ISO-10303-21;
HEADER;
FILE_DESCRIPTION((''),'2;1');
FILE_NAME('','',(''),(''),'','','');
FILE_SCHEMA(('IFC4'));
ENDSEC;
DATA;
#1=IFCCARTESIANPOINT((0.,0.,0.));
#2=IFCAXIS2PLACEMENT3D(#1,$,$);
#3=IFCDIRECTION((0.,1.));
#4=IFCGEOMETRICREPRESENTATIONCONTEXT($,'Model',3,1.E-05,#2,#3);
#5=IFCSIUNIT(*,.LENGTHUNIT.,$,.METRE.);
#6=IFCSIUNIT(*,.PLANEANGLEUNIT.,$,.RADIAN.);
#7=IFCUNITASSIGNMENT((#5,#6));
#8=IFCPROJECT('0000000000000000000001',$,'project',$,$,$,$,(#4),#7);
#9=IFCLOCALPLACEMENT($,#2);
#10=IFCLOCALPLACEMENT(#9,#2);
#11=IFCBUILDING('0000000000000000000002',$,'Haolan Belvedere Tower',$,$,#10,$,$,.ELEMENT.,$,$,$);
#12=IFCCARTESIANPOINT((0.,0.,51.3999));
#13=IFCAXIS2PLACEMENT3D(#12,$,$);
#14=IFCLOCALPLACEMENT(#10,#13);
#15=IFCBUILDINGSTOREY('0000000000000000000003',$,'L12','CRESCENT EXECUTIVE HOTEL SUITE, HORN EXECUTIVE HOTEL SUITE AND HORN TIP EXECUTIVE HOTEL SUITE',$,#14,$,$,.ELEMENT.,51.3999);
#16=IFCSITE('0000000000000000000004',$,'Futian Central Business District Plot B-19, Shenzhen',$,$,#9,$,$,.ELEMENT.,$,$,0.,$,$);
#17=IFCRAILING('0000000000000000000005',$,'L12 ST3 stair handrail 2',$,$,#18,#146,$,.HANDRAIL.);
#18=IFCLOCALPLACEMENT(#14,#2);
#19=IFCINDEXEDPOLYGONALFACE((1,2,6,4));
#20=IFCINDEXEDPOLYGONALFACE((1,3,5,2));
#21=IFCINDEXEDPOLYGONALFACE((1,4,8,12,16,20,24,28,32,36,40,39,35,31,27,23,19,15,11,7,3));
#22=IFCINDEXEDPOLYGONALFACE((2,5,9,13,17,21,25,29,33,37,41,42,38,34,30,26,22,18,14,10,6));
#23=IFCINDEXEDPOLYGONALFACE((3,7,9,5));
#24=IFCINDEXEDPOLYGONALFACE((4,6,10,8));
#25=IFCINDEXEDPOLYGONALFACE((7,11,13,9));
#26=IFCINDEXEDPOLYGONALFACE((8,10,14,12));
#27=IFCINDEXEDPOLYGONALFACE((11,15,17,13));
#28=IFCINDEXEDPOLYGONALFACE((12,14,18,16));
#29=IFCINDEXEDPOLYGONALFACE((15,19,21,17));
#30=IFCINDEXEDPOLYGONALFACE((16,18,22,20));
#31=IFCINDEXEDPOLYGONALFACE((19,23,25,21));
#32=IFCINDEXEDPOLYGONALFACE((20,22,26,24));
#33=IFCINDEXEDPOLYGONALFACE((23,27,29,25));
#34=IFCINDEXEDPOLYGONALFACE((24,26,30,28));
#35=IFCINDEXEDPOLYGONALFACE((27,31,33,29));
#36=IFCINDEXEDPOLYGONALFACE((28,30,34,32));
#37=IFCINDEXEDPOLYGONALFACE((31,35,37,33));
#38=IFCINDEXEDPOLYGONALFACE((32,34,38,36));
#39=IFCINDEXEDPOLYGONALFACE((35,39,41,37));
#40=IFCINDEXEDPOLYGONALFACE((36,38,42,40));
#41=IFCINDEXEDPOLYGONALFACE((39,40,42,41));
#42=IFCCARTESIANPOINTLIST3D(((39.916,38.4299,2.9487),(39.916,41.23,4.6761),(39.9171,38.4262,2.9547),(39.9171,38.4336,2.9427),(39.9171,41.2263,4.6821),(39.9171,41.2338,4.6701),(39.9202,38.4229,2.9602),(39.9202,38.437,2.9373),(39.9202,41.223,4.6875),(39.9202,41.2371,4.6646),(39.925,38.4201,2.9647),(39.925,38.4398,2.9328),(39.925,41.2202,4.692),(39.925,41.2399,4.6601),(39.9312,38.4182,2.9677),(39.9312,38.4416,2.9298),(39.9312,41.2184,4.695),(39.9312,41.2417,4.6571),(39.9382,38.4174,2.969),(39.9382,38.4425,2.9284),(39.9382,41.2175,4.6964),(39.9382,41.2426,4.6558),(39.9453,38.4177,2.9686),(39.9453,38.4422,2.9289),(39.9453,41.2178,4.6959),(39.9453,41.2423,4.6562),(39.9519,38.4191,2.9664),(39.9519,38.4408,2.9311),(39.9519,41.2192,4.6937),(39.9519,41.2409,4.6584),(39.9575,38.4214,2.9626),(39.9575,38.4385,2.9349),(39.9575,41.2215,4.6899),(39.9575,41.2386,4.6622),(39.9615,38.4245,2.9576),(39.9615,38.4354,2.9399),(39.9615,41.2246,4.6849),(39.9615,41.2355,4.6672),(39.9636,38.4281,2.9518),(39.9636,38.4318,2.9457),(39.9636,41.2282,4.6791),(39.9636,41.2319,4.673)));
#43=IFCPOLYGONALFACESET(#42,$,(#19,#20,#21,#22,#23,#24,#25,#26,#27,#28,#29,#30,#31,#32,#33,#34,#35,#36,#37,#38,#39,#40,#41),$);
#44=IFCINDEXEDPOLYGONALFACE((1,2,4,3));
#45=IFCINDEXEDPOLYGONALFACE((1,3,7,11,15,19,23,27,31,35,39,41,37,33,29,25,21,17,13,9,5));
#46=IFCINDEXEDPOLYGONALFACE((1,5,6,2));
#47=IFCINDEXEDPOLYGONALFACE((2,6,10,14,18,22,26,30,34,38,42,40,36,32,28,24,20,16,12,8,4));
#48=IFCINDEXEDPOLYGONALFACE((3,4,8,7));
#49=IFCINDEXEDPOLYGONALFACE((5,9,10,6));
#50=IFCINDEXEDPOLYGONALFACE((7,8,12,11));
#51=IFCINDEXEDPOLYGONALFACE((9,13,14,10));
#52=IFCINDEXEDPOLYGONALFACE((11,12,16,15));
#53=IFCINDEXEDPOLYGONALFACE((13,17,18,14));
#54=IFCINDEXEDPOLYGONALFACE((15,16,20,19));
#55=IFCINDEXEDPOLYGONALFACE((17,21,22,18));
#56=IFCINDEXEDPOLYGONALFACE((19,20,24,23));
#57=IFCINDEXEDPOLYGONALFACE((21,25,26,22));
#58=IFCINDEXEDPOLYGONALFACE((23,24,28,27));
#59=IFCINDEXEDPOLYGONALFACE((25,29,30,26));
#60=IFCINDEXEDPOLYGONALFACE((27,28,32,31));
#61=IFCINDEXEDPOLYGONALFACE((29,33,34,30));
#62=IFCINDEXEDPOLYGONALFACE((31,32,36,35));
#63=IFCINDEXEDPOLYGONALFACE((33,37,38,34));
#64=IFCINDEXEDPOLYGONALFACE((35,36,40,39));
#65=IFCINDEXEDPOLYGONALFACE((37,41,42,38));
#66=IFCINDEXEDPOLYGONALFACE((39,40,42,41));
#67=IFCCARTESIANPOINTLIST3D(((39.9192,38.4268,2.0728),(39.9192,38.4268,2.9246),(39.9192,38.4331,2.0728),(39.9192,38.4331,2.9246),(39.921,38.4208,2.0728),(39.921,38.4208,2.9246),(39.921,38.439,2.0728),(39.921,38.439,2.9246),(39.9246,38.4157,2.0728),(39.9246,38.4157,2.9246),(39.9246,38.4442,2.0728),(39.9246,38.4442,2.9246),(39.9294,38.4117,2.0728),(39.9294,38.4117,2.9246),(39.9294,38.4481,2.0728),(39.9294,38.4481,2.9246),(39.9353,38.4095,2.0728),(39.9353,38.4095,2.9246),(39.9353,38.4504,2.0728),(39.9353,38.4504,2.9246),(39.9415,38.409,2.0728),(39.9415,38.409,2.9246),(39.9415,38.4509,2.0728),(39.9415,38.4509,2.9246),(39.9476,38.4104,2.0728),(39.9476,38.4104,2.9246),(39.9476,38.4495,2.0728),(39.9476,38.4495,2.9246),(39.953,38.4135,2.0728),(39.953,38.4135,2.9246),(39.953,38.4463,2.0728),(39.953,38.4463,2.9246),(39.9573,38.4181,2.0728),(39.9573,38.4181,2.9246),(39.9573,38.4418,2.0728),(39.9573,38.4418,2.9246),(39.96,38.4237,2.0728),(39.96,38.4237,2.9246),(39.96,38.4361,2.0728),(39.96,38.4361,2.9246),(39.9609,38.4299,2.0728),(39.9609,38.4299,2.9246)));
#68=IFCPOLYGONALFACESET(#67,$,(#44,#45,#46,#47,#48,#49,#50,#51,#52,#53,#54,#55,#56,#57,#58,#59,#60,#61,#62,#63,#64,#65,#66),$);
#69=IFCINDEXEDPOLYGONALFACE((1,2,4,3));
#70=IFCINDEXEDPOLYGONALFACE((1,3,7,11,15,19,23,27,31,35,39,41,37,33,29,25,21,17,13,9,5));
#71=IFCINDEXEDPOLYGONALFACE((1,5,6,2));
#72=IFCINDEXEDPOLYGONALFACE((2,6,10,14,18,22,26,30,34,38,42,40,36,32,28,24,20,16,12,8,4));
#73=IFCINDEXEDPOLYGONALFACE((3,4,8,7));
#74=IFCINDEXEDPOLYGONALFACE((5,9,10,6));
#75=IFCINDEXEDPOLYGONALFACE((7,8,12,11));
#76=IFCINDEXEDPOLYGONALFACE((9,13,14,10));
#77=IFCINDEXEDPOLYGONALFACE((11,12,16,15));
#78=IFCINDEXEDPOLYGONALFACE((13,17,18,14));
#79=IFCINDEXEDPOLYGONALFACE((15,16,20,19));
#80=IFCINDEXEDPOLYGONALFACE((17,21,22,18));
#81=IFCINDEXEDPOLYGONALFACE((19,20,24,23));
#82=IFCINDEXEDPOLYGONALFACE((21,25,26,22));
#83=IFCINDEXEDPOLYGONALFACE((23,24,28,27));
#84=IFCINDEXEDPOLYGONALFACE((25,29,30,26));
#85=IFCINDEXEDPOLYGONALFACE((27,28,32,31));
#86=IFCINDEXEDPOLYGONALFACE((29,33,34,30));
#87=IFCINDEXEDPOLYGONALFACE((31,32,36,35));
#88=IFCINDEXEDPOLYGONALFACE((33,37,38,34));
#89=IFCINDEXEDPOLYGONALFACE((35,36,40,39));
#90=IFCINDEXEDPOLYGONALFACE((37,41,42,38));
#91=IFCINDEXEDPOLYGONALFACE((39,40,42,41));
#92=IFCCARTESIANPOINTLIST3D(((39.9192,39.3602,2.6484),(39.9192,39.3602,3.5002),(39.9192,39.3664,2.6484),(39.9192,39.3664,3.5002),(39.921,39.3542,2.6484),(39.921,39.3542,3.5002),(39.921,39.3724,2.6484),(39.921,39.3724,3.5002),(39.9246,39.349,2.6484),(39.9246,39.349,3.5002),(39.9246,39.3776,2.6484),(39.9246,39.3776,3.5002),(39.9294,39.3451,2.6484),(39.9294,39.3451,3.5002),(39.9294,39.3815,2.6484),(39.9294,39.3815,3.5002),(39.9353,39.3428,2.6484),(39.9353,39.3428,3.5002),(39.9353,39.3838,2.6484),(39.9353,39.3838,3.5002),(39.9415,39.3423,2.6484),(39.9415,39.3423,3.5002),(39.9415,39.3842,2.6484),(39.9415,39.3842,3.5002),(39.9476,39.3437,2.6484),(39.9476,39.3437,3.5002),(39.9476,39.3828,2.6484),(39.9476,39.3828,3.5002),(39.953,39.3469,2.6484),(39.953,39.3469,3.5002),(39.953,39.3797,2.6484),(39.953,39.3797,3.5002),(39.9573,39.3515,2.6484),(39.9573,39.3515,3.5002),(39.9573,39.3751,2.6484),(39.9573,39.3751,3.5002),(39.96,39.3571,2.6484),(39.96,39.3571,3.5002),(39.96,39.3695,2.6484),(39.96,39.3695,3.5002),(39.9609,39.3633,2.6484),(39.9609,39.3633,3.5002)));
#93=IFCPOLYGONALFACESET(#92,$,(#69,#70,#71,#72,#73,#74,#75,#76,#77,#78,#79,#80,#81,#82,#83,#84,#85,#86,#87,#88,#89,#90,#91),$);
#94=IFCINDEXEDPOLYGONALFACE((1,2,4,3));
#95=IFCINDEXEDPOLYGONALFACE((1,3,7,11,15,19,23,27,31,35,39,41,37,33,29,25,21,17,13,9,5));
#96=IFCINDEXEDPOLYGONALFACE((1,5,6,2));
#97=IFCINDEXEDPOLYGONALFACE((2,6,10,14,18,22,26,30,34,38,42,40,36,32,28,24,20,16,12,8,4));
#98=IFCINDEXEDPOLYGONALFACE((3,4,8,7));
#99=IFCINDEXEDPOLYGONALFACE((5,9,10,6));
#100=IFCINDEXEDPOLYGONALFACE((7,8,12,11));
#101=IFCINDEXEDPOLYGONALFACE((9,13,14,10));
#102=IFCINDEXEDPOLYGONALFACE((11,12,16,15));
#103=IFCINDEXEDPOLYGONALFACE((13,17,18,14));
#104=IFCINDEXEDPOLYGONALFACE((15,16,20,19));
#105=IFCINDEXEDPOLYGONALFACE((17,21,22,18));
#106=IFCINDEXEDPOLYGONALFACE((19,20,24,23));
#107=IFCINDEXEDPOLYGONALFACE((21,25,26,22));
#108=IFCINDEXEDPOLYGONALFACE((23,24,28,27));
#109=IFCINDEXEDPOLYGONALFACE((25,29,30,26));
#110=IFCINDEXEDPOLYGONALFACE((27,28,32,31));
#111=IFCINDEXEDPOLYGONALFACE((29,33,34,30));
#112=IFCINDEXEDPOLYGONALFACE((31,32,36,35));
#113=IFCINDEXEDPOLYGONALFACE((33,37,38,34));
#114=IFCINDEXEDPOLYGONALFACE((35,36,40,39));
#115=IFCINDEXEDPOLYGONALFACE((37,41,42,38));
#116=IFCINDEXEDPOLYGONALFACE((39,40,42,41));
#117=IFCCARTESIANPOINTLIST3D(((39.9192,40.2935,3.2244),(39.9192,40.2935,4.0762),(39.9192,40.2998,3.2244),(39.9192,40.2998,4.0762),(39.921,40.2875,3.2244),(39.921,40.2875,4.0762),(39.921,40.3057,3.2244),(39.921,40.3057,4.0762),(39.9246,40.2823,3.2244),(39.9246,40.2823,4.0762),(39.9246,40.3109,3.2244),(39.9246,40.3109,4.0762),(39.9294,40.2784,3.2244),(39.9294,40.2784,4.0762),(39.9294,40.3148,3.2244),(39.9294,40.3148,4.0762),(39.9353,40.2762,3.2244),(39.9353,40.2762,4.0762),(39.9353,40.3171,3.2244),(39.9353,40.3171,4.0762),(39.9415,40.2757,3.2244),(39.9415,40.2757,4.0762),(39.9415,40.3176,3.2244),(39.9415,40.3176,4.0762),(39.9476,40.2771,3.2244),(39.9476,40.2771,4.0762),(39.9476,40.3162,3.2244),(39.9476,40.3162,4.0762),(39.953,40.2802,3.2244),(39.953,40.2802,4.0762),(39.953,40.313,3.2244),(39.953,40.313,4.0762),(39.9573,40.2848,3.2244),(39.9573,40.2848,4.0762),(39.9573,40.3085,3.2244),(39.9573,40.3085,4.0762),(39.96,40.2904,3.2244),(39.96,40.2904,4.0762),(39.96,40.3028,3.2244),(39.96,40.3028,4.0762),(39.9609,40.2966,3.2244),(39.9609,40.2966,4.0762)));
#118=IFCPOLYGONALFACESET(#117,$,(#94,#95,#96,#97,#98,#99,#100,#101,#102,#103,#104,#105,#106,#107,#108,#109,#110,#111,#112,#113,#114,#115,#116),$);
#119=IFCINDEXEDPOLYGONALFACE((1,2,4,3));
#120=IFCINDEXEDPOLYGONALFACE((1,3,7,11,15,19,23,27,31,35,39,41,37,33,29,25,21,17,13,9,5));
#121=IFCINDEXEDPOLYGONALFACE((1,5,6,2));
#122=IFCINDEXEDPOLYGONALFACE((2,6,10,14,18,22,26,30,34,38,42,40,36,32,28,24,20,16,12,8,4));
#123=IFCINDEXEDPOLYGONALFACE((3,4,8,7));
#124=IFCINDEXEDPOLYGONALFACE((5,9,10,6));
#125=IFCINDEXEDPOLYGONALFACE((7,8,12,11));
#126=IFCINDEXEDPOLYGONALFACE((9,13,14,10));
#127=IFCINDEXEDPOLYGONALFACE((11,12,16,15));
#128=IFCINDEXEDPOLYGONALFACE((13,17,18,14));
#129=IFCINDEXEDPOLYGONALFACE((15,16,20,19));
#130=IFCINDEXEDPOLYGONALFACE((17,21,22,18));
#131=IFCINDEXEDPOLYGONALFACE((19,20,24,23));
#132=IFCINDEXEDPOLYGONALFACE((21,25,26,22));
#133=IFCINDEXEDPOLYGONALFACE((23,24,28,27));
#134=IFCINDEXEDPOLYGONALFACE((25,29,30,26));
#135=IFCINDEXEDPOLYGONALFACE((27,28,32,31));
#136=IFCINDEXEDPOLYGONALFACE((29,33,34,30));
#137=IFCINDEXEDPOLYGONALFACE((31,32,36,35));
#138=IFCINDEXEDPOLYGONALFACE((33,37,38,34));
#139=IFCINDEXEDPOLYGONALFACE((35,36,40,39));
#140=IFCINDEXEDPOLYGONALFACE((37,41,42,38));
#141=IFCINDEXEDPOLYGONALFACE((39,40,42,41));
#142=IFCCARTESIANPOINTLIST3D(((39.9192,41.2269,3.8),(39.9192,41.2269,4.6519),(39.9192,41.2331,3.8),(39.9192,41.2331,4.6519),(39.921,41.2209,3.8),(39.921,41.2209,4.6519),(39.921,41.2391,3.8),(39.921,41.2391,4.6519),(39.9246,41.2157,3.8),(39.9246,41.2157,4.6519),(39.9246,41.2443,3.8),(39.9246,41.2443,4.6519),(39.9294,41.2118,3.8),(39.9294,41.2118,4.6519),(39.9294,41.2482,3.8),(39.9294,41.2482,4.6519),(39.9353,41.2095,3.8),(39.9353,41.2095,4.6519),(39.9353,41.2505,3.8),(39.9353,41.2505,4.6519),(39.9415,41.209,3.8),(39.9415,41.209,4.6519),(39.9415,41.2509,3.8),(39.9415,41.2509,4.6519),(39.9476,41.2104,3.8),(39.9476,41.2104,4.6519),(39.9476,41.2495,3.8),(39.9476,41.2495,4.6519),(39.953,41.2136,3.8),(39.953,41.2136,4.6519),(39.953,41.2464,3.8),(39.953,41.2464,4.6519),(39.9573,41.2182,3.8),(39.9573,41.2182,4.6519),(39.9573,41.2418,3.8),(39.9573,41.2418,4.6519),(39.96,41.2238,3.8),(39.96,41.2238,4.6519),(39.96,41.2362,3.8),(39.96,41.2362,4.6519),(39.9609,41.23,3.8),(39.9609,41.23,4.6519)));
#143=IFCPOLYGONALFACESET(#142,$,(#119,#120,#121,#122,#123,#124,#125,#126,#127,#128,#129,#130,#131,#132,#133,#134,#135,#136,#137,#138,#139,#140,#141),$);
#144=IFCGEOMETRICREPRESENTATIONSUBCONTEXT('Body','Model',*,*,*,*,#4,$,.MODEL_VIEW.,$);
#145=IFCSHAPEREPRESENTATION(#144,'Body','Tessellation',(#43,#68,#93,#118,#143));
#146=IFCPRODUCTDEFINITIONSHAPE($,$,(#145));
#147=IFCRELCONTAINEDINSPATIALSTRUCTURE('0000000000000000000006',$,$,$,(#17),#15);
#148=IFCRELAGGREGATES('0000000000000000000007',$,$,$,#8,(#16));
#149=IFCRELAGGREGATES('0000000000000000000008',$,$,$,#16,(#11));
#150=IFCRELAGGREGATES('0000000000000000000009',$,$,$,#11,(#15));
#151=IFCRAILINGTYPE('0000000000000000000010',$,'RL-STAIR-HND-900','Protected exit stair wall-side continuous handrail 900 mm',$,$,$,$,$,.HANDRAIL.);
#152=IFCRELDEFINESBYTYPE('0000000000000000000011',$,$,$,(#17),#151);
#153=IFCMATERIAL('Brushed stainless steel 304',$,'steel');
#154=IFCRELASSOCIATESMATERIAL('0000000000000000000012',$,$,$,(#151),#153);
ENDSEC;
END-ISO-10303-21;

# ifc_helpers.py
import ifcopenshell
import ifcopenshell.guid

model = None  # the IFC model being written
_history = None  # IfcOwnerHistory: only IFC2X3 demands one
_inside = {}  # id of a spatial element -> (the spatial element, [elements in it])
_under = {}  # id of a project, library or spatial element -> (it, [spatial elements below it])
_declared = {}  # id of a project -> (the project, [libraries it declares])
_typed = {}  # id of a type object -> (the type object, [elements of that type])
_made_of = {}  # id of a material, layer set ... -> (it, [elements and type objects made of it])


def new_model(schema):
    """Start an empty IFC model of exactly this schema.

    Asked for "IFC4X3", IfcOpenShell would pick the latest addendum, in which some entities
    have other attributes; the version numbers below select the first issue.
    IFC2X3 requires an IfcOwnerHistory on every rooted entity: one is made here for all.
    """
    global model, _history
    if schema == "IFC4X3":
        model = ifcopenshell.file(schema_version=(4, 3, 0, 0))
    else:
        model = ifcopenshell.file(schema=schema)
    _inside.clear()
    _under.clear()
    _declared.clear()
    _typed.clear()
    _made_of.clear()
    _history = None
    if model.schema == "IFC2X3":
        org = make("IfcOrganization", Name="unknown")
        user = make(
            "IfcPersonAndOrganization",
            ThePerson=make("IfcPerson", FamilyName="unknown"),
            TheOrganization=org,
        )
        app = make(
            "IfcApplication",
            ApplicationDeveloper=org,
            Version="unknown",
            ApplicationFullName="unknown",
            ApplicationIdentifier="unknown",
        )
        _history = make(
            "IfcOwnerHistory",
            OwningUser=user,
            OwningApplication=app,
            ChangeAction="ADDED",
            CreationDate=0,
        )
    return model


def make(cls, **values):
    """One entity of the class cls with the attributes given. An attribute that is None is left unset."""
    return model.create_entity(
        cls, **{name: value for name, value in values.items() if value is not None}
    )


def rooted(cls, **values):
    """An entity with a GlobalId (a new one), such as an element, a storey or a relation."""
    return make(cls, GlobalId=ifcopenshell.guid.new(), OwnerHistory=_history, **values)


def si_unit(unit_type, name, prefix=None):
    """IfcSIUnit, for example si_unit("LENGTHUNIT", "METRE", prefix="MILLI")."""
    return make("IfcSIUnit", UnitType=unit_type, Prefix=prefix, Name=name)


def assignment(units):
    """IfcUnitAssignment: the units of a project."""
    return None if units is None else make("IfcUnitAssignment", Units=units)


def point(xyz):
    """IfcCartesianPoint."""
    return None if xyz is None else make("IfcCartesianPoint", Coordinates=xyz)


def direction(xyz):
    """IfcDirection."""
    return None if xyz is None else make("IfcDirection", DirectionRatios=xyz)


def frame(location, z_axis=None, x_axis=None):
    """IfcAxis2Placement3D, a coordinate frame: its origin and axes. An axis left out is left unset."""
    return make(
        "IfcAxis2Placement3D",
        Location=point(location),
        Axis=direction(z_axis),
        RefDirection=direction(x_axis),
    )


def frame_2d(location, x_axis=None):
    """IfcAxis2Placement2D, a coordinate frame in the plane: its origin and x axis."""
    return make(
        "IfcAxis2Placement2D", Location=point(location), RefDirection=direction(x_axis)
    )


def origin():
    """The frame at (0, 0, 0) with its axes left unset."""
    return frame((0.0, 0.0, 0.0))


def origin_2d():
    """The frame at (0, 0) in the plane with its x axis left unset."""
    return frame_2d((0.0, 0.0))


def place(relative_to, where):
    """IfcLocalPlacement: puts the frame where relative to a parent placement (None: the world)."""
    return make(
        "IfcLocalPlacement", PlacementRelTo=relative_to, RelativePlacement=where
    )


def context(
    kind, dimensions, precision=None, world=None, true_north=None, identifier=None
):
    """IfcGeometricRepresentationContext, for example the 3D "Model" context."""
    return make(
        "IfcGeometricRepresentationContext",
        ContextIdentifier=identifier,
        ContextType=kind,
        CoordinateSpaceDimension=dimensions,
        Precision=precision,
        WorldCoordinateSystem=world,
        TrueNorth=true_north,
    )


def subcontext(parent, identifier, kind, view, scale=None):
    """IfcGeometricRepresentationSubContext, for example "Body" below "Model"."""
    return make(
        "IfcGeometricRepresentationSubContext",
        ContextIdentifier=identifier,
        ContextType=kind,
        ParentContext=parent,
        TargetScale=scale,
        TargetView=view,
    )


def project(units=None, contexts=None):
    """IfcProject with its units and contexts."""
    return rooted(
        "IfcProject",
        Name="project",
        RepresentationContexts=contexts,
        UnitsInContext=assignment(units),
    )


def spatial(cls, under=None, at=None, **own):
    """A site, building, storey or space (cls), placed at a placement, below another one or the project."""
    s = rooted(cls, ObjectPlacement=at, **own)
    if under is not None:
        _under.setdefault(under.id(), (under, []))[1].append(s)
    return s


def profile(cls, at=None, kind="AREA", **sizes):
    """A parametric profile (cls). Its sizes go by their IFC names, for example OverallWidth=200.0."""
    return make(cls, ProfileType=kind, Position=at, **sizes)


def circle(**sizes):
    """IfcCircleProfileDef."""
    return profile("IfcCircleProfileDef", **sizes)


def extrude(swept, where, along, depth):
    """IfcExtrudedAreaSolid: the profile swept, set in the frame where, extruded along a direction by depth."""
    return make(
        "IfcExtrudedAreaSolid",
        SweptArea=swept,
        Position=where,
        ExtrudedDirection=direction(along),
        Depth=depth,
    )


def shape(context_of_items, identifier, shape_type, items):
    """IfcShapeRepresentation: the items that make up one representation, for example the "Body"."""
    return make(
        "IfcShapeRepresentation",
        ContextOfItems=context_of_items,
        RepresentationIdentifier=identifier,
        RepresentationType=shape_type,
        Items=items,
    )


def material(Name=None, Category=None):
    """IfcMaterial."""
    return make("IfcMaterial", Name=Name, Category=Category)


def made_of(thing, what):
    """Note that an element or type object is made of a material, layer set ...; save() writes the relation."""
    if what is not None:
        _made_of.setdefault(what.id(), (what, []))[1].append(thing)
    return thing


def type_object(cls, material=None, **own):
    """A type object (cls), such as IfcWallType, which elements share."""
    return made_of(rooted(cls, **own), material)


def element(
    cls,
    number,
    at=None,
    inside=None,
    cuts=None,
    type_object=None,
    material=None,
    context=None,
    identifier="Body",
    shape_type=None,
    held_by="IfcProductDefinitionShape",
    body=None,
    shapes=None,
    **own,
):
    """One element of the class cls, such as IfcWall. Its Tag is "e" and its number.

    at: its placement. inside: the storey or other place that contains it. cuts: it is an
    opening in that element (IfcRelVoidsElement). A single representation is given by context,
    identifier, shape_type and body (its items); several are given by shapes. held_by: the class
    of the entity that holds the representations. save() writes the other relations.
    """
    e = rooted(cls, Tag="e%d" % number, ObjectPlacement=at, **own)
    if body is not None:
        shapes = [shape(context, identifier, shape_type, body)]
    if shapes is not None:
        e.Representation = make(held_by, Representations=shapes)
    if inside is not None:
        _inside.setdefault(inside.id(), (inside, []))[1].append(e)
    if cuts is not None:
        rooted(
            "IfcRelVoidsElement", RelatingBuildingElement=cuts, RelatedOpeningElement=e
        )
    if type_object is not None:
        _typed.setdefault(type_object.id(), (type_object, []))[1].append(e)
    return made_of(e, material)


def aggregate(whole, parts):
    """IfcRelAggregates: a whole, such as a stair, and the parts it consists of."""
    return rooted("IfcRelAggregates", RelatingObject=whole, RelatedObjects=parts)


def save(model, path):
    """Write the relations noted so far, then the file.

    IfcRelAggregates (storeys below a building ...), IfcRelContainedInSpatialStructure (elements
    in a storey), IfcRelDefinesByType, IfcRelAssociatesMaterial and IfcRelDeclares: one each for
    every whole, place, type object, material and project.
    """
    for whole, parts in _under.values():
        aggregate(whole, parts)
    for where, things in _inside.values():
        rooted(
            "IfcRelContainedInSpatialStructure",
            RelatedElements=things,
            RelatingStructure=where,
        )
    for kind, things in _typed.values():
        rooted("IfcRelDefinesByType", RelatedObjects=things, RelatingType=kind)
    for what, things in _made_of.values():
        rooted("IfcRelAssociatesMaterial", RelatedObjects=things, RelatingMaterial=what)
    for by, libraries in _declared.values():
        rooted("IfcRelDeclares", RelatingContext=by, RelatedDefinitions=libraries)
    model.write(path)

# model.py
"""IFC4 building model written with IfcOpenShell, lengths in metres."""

from ifc_helpers import new_model, si_unit, direction, frame, origin, origin_2d, place, context, subcontext, project, spatial, circle, extrude, material, type_object, element, save


model = new_model("IFC4")

# Units and contexts
model_context = context("Model", 3, precision=1e-05, world=origin(), true_north=direction((0.0, 1.0)))
body_context = subcontext(model_context, "Body", "Model", "MODEL_VIEW")
ifc_project = project(units=[si_unit("LENGTHUNIT", "METRE"), si_unit("PLANEANGLEUNIT", "RADIAN")], contexts=[model_context])

# Site, building, storey
site_placement = place(None, origin())
site = spatial("IfcSite", under=ifc_project, at=site_placement, Name="Futian Central Business District Plot B-19, Shenzhen", CompositionType="ELEMENT", RefElevation=0.0)
building_placement = place(site_placement, origin())
building = spatial("IfcBuilding", under=site, at=building_placement, Name="Haolan Belvedere Tower", CompositionType="ELEMENT")
storey_placement = place(building_placement, frame((0.0, 0.0, 51.3999)))
storey = spatial("IfcBuildingStorey", under=building, at=storey_placement, Name="L12", Description="CRESCENT EXECUTIVE HOTEL SUITE, HORN EXECUTIVE HOTEL SUITE AND HORN TIP EXECUTIVE HOTEL SUITE", CompositionType="ELEMENT", Elevation=51.3999)

# Railing
ifc_material_1 = material(Name="Brushed stainless steel 304", Category="steel")
railing_type_1 = type_object("IfcRailingType", Name="RL-STAIR-HND-900", Description="Protected exit stair wall-side continuous handrail 900 mm", PredefinedType="HANDRAIL", material=ifc_material_1)
railing_1_placement = place(storey_placement, frame((39.9399, 38.4299, 2.0728)))
element("IfcRailing", 1, at=railing_1_placement, inside=storey, type_object=railing_type_1, Name="L12 ST3 stair handrail 2", PredefinedType="HANDRAIL", context=body_context, shape_type="SweptSolid", body=[
    extrude(circle(Radius=0.0239, at=origin_2d()), frame((0.0, 0.0, 0.876), z_axis=(0.0, 0.85109, 0.52502), x_axis=(-1.0, 0.0, 0.0)), (0.0, 0.0, 1.0), 3.29),
    extrude(circle(Radius=0.021, at=origin_2d()), origin(), (0.0, 0.0, 1.0), 0.8518),
    extrude(circle(Radius=0.021, at=origin_2d()), frame((0.0, 0.9333, 0.5757)), (0.0, 0.0, 1.0), 0.8518),
    extrude(circle(Radius=0.021, at=origin_2d()), frame((0.0, 1.8667, 1.1516)), (0.0, 0.0, 1.0), 0.8518),
    extrude(circle(Radius=0.021, at=origin_2d()), frame((0.0, 2.8, 1.7273)), (0.0, 0.0, 1.0), 0.8518),
])

save(model, "model.ifc")
